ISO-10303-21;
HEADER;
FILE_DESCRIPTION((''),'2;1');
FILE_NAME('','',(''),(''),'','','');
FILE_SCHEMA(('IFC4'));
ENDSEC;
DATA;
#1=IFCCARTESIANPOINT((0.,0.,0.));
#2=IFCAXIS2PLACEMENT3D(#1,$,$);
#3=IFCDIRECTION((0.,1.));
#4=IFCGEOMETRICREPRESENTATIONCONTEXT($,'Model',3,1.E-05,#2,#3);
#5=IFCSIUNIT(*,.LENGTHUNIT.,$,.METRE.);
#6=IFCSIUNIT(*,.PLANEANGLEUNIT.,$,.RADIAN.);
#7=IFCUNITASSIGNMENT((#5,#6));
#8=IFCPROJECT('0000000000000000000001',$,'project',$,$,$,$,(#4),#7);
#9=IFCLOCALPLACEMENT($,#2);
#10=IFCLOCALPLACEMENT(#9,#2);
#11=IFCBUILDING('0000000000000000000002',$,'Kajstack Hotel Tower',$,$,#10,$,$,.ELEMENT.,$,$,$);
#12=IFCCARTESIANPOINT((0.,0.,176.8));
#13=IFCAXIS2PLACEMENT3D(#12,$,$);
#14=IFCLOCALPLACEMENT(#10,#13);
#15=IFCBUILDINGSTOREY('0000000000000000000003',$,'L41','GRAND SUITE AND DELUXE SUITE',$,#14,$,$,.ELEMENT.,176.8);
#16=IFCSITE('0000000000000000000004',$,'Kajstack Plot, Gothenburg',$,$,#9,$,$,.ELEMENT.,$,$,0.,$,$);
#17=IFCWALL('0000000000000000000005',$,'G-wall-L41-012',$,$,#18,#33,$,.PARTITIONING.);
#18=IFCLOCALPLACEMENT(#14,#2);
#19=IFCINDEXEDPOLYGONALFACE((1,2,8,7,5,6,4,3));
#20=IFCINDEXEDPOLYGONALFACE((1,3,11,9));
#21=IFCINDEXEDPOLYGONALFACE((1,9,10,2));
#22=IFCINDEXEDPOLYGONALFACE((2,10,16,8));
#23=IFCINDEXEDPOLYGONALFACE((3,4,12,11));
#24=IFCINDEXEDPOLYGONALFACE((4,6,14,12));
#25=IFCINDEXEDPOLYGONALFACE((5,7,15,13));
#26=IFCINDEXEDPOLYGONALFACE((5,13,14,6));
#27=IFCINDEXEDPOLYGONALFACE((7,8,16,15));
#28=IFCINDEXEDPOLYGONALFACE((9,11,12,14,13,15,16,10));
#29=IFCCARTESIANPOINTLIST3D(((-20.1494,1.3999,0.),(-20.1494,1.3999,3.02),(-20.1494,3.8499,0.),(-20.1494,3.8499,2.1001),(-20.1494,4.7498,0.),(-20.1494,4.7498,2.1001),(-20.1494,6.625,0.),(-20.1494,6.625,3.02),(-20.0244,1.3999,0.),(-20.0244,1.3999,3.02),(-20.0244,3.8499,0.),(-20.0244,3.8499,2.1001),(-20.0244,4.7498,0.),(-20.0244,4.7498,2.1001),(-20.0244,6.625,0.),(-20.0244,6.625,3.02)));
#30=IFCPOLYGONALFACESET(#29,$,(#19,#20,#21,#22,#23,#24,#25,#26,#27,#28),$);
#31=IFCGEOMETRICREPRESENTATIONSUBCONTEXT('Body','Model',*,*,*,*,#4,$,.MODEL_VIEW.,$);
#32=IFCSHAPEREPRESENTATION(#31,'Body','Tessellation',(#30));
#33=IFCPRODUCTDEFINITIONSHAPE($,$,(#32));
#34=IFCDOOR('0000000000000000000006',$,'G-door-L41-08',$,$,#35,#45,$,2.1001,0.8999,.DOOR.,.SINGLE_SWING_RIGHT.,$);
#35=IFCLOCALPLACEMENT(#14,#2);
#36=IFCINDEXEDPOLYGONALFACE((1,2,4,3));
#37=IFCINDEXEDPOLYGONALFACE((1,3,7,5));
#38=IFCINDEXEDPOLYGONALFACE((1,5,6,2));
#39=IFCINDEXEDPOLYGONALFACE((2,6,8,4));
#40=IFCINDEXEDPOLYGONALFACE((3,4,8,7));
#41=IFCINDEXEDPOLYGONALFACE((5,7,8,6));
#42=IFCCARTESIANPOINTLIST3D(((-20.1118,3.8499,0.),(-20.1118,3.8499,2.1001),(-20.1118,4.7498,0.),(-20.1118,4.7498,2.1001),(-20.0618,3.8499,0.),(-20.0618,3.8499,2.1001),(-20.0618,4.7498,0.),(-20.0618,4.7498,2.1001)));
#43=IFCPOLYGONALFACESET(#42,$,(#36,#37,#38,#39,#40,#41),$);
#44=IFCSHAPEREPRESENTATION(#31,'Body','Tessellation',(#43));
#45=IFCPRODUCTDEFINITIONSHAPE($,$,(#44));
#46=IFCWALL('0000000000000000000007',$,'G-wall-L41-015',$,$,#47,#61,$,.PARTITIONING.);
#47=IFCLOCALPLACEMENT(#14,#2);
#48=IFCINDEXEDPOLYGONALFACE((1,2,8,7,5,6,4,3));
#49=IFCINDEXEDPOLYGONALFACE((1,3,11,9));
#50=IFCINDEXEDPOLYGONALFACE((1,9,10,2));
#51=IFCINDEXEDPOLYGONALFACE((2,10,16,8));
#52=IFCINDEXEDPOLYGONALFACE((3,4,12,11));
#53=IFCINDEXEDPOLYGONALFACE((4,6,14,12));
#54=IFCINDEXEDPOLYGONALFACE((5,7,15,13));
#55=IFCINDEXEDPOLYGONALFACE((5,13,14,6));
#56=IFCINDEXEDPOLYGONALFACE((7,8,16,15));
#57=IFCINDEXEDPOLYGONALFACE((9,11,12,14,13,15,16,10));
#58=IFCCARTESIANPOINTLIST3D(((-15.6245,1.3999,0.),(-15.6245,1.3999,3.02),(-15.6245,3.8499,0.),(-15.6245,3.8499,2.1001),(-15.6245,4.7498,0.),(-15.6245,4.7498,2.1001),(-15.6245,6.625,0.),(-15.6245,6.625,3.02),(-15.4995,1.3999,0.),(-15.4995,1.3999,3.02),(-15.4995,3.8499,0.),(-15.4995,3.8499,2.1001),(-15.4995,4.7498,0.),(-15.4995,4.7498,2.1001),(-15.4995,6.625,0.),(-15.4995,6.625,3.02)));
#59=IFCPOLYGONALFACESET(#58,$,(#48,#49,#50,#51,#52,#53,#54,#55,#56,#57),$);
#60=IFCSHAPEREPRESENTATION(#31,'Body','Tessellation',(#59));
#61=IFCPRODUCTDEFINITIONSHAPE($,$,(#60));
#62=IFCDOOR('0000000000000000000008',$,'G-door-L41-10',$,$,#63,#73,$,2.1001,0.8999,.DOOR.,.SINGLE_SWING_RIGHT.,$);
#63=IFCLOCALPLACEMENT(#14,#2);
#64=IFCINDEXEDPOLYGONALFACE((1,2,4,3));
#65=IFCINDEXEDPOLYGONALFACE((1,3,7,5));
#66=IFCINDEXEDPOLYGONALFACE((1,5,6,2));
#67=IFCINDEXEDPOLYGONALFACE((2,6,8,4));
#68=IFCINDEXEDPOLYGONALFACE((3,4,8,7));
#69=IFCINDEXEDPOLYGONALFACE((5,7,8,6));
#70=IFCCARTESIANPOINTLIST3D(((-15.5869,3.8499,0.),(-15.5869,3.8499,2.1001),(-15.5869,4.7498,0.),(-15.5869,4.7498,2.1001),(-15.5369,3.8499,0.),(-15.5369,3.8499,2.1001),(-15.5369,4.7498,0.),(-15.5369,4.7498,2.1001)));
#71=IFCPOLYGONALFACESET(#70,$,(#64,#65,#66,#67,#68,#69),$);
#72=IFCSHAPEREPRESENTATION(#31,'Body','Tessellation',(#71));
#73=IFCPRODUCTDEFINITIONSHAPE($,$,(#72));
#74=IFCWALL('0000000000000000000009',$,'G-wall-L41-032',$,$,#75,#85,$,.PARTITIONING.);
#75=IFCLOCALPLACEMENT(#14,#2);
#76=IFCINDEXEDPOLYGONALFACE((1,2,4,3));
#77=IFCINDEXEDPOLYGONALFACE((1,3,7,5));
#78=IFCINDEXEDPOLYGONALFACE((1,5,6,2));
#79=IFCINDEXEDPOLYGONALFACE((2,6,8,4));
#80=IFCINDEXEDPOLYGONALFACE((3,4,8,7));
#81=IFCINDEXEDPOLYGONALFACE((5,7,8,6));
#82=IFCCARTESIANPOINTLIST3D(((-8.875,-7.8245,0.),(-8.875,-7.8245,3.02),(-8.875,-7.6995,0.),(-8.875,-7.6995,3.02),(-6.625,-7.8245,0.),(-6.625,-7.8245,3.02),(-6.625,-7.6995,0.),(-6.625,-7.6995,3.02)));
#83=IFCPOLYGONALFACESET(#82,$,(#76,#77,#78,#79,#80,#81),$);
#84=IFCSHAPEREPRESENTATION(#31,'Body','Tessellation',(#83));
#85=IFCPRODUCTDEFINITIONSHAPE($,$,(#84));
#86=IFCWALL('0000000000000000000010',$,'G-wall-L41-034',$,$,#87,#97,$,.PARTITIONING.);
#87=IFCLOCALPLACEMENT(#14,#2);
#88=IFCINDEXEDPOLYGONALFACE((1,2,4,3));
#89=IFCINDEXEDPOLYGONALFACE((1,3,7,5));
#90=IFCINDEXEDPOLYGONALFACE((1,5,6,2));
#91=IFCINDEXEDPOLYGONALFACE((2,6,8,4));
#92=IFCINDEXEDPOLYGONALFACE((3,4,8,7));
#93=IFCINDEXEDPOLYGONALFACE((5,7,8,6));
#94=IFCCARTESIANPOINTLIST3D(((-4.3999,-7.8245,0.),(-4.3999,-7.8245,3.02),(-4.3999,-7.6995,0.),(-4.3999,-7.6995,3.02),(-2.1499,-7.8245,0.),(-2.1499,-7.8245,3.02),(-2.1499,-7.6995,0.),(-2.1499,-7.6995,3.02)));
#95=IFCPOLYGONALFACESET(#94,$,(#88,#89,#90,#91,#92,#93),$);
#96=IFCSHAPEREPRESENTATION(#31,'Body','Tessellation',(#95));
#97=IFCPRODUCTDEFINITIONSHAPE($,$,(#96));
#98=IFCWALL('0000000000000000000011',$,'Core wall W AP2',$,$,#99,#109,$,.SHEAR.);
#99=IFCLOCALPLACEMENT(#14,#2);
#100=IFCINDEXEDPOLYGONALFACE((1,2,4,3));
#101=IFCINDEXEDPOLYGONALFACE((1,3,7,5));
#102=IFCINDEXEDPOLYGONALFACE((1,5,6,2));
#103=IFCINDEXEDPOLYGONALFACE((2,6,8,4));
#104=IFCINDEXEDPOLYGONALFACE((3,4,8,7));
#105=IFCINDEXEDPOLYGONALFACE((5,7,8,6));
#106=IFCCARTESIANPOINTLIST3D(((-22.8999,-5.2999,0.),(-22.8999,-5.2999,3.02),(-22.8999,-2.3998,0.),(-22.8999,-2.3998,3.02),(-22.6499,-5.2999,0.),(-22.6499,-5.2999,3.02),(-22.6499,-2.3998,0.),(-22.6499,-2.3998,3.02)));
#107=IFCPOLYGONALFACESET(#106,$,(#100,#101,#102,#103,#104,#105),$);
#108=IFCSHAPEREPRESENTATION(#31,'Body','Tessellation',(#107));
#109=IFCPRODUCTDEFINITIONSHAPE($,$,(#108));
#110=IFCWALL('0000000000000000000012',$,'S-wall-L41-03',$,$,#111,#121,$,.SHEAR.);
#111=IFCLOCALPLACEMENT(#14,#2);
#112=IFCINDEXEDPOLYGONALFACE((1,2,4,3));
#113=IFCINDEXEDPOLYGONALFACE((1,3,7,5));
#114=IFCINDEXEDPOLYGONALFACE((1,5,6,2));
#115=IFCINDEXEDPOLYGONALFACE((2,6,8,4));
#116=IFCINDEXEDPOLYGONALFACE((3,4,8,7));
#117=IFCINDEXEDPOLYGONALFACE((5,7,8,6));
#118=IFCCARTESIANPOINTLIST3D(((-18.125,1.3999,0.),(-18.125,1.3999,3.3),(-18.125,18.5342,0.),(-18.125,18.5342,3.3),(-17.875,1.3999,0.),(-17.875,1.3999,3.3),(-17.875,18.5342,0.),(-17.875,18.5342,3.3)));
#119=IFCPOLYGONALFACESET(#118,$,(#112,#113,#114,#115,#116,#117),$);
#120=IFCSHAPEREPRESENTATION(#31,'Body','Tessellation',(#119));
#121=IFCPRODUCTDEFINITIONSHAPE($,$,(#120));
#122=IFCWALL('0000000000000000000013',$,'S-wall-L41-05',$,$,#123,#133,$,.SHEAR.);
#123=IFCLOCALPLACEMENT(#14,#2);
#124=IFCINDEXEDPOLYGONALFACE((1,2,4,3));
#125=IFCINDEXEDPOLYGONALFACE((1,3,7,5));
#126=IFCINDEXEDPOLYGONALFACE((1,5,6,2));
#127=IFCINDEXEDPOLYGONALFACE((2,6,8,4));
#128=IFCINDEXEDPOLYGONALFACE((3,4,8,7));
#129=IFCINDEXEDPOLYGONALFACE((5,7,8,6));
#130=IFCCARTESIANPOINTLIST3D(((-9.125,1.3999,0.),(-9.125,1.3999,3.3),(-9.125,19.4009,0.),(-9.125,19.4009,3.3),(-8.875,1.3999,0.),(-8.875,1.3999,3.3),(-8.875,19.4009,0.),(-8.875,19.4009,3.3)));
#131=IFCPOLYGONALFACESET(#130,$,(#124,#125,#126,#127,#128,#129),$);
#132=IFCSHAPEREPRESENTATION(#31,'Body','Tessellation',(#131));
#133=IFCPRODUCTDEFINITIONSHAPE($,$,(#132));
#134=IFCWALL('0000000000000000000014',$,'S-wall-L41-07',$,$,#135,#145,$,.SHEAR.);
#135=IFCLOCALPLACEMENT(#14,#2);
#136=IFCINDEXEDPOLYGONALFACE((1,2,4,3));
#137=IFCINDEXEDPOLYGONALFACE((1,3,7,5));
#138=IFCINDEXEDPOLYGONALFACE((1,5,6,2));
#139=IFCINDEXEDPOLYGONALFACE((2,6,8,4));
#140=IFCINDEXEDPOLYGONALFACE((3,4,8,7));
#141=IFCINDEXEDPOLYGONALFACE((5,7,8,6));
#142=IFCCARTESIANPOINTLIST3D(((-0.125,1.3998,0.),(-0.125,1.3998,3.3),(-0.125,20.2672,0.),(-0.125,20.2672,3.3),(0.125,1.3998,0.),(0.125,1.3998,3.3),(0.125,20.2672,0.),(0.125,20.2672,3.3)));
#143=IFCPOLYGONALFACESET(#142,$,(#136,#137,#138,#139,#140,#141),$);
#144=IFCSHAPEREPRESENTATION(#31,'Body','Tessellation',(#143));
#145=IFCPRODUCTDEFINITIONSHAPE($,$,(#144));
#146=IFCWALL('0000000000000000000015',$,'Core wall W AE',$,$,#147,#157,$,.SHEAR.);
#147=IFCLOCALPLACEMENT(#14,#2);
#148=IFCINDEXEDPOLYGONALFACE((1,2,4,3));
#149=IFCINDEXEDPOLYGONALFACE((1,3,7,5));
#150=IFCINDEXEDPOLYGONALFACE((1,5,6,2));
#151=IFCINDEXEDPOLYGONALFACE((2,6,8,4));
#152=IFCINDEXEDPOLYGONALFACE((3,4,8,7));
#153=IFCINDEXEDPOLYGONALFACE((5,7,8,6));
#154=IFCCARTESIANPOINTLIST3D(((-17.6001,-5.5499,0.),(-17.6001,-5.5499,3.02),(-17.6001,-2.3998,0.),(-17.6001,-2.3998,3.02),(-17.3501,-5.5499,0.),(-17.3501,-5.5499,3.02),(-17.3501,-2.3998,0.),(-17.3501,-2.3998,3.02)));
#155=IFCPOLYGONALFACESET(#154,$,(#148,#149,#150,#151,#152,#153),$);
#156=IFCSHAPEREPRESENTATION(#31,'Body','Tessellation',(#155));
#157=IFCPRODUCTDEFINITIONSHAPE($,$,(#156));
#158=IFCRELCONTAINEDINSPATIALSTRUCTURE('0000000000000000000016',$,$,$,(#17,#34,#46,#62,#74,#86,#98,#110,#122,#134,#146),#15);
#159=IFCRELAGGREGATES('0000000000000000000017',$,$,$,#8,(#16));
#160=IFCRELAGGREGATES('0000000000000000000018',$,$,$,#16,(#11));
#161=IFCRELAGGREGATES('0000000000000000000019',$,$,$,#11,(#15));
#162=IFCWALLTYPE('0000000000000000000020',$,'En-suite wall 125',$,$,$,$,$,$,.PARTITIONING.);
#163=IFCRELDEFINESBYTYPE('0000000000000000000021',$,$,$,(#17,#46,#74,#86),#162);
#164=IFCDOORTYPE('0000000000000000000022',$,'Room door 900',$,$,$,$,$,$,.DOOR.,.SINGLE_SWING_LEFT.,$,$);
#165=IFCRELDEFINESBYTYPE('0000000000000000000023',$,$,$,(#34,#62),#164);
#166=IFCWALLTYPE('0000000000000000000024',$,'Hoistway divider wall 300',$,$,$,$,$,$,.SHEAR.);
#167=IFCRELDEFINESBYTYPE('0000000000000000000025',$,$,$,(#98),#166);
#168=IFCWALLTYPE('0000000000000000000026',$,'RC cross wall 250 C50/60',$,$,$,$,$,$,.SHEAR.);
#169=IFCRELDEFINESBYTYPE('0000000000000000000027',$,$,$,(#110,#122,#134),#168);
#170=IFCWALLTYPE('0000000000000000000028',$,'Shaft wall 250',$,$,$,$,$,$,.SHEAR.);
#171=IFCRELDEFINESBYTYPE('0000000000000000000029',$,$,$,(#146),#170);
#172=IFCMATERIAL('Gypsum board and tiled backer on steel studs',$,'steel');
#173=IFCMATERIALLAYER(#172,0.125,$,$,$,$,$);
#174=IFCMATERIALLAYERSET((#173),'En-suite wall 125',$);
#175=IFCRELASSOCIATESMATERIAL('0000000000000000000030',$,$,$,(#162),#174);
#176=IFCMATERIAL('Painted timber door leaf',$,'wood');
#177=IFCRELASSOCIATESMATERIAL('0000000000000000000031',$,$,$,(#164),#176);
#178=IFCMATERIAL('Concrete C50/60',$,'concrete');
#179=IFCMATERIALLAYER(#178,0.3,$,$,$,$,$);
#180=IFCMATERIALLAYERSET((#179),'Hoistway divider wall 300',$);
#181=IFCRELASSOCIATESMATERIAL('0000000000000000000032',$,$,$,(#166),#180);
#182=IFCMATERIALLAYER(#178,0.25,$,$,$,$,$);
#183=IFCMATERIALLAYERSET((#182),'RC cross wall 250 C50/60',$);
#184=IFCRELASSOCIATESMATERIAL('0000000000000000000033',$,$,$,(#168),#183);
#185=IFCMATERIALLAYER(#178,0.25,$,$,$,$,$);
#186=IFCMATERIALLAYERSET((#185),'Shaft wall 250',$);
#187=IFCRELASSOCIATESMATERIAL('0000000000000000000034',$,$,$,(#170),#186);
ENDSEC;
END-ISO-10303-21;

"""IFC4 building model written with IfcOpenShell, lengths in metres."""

from ifc_helpers import new_model, si_unit, direction, frame, frame_2d, origin, place, context, subcontext, project, spatial, rectangle, extrude, material, layer, layer_set, type_object, element, fill, save


model = new_model("IFC4")

# Units and contexts
model_context = context("Model", 3, precision=1e-05, world=origin(), true_north=direction((0.0, 1.0)))
body_context = subcontext(model_context, "Body", "Model", "MODEL_VIEW")
ifc_project = project(units=[si_unit("LENGTHUNIT", "METRE"), si_unit("PLANEANGLEUNIT", "RADIAN")], contexts=[model_context])

# Site, building, storey
site_placement = place(None, origin())
site = spatial("IfcSite", under=ifc_project, at=site_placement, Name="Kajstack Plot, Gothenburg", CompositionType="ELEMENT", RefElevation=0.0)
building_placement = place(site_placement, origin())
building = spatial("IfcBuilding", under=site, at=building_placement, Name="Kajstack Hotel Tower", CompositionType="ELEMENT")
storey_placement = place(building_placement, frame((0.0, 0.0, 176.8)))
storey = spatial("IfcBuildingStorey", under=building, at=storey_placement, Name="L41", Description="GRAND SUITE AND DELUXE SUITE", CompositionType="ELEMENT", Elevation=176.8)

# Walls, openings, doors
ifc_material_1 = material(Name="Gypsum board and tiled backer on steel studs", Category="steel")
ifc_layer_1 = layer(ifc_material_1, 0.125)
ifc_layer_set_1 = layer_set([ifc_layer_1], Name="En-suite wall 125")
wall_type_1 = type_object("IfcWallType", Name="En-suite wall 125", PredefinedType="PARTITIONING", material=ifc_layer_set_1)
ifc_material_2 = material(Name="Painted timber door leaf", Category="wood")
door_type_1 = type_object("IfcDoorType", Name="Room door 900", OperationType="SINGLE_SWING_LEFT", PredefinedType="DOOR", material=ifc_material_2)
wall_1_placement = place(storey_placement, frame((-20.0869, 1.3999, 0.0), z_axis=(0.0, 0.0, 1.0), x_axis=(0.0, 1.0, 0.0)))
wall_1 = element("IfcWall", 1, at=wall_1_placement, inside=storey, type_object=wall_type_1, Name="G-wall-L41-012", PredefinedType="PARTITIONING", context=body_context, shape_type="SweptSolid", body=[
    extrude(rectangle(XDim=5.2251, YDim=0.125, at=frame_2d((2.6125, 0.0))), origin(), (0.0, 0.0, 1.0), 3.02),
])
opening_1_placement = place(wall_1_placement, frame((2.45, 0.0, 0.0)))
opening_1 = element("IfcOpeningElement", 2, at=opening_1_placement, cuts=wall_1, PredefinedType="OPENING", context=body_context, shape_type="SweptSolid", body=[
    extrude(rectangle(XDim=0.8999, YDim=2.1001, at=frame_2d((0.45, 1.05))), frame((0.0, 0.0725, 0.0), z_axis=(0.0, -1.0, 0.0), x_axis=(1.0, 0.0, 0.0)), (0.0, 0.0, 1.0), 0.145),
])
door_1_placement = place(opening_1_placement, origin())
door_1 = element("IfcDoor", 3, at=door_1_placement, inside=storey, type_object=door_type_1, Name="G-door-L41-08", OperationType="SINGLE_SWING_RIGHT", OverallHeight=2.1001, OverallWidth=0.8999, PredefinedType="DOOR", context=body_context, shape_type="SweptSolid", body=[
    extrude(rectangle(XDim=0.8999, YDim=2.1001, at=frame_2d((0.45, 1.05))), frame((0.0, 0.0249, 0.0), z_axis=(0.0, -1.0, 0.0), x_axis=(1.0, 0.0, 0.0)), (0.0, 0.0, 1.0), 0.05),
])
fill(opening_1, door_1)
wall_2_placement = place(storey_placement, frame((-15.562, 1.3999, 0.0), z_axis=(0.0, 0.0, 1.0), x_axis=(0.0, 1.0, 0.0)))
wall_2 = element("IfcWall", 4, at=wall_2_placement, inside=storey, type_object=wall_type_1, Name="G-wall-L41-015", PredefinedType="PARTITIONING", context=body_context, shape_type="SweptSolid", body=[
    extrude(rectangle(XDim=5.2251, YDim=0.125, at=frame_2d((2.6125, 0.0))), origin(), (0.0, 0.0, 1.0), 3.02),
])
opening_2_placement = place(wall_2_placement, frame((2.45, 0.0, 0.0)))
opening_2 = element("IfcOpeningElement", 5, at=opening_2_placement, cuts=wall_2, PredefinedType="OPENING", context=body_context, shape_type="SweptSolid", body=[
    extrude(rectangle(XDim=0.8999, YDim=2.1001, at=frame_2d((0.45, 1.05))), frame((0.0, 0.0725, 0.0), z_axis=(0.0, -1.0, 0.0), x_axis=(1.0, 0.0, 0.0)), (0.0, 0.0, 1.0), 0.145),
])
door_2_placement = place(opening_2_placement, origin())
door_2 = element("IfcDoor", 6, at=door_2_placement, inside=storey, type_object=door_type_1, Name="G-door-L41-10", OperationType="SINGLE_SWING_RIGHT", OverallHeight=2.1001, OverallWidth=0.8999, PredefinedType="DOOR", context=body_context, shape_type="SweptSolid", body=[
    extrude(rectangle(XDim=0.8999, YDim=2.1001, at=frame_2d((0.45, 1.05))), frame((0.0, 0.0249, 0.0), z_axis=(0.0, -1.0, 0.0), x_axis=(1.0, 0.0, 0.0)), (0.0, 0.0, 1.0), 0.05),
])
fill(opening_2, door_2)

# Walls
for number, where, z_axis, x_axis, name in (
    (7, (-8.875, -7.762, 0.0), (0.0, 0.0, 1.0), (1.0, 0.0, 0.0), "G-wall-L41-032"),
    (8, (-4.3999, -7.762, 0.0), (0.0, 0.0, 1.0), (1.0, 0.0, 0.0), "G-wall-L41-034"),
):
    element("IfcWall", number, at=place(storey_placement, frame(where, z_axis=z_axis, x_axis=x_axis)), inside=storey, type_object=wall_type_1, Name=name, PredefinedType="PARTITIONING", context=body_context, shape_type="SweptSolid", body=[
        extrude(rectangle(XDim=2.25, YDim=0.125, at=frame_2d((1.125, 0.0))), origin(), (0.0, 0.0, 1.0), 3.02),
    ])
ifc_material_3 = material(Name="Concrete C50/60", Category="concrete")
ifc_layer_2 = layer(ifc_material_3, 0.3)
ifc_layer_set_2 = layer_set([ifc_layer_2], Name="Hoistway divider wall 300")
wall_type_2 = type_object("IfcWallType", Name="Hoistway divider wall 300", PredefinedType="SHEAR", material=ifc_layer_set_2)
wall_3_placement = place(storey_placement, frame((-22.7749, -5.3, 0.0), z_axis=(0.0, 0.0, 1.0), x_axis=(0.0, 1.0, 0.0)))
element("IfcWall", 9, at=wall_3_placement, inside=storey, type_object=wall_type_2, Name="Core wall W AP2", PredefinedType="SHEAR", context=body_context, shape_type="SweptSolid", body=[
    extrude(rectangle(XDim=2.9001, YDim=0.25, at=frame_2d((1.4502, 0.0))), origin(), (0.0, 0.0, 1.0), 3.02),
])
ifc_layer_3 = layer(ifc_material_3, 0.25)
ifc_layer_set_3 = layer_set([ifc_layer_3], Name="RC cross wall 250 C50/60")
wall_type_3 = type_object("IfcWallType", Name="RC cross wall 250 C50/60", PredefinedType="SHEAR", material=ifc_layer_set_3)
wall_4_placement = place(storey_placement, frame((-18.0, 1.3999, 0.0), z_axis=(0.0, 0.0, 1.0), x_axis=(0.0, 1.0, 0.0)))
element("IfcWall", 10, at=wall_4_placement, inside=storey, type_object=wall_type_3, Name="S-wall-L41-03", PredefinedType="SHEAR", context=body_context, shape_type="SweptSolid", body=[
    extrude(rectangle(XDim=17.1343, YDim=0.25, at=frame_2d((8.5671, 0.0))), origin(), (0.0, 0.0, 1.0), 3.3),
])
wall_5_placement = place(storey_placement, frame((-9.0, 1.3999, 0.0), z_axis=(0.0, 0.0, 1.0), x_axis=(0.0, 1.0, 0.0)))
element("IfcWall", 11, at=wall_5_placement, inside=storey, type_object=wall_type_3, Name="S-wall-L41-05", PredefinedType="SHEAR", context=body_context, shape_type="SweptSolid", body=[
    extrude(rectangle(XDim=18.001, YDim=0.25, at=frame_2d((9.0005, 0.0))), origin(), (0.0, 0.0, 1.0), 3.3),
])
wall_6_placement = place(storey_placement, frame((0.0, 1.3999, 0.0), z_axis=(0.0, 0.0, 1.0), x_axis=(0.0, 1.0, 0.0)))
element("IfcWall", 12, at=wall_6_placement, inside=storey, type_object=wall_type_3, Name="S-wall-L41-07", PredefinedType="SHEAR", context=body_context, shape_type="SweptSolid", body=[
    extrude(rectangle(XDim=18.8674, YDim=0.25, at=frame_2d((9.4336, 0.0))), origin(), (0.0, 0.0, 1.0), 3.3),
])
ifc_layer_4 = layer(ifc_material_3, 0.25)
ifc_layer_set_4 = layer_set([ifc_layer_4], Name="Shaft wall 250")
wall_type_4 = type_object("IfcWallType", Name="Shaft wall 250", PredefinedType="SHEAR", material=ifc_layer_set_4)
wall_7_placement = place(storey_placement, frame((-17.4751, -5.55, 0.0), z_axis=(0.0, 0.0, 1.0), x_axis=(0.0, 1.0, 0.0)))
element("IfcWall", 13, at=wall_7_placement, inside=storey, type_object=wall_type_4, Name="Core wall W AE", PredefinedType="SHEAR", context=body_context, shape_type="SweptSolid", body=[
    extrude(rectangle(XDim=3.1501, YDim=0.25, at=frame_2d((1.5752, 0.0))), origin(), (0.0, 0.0, 1.0), 3.02),
])

save(model, "model.ifc")
